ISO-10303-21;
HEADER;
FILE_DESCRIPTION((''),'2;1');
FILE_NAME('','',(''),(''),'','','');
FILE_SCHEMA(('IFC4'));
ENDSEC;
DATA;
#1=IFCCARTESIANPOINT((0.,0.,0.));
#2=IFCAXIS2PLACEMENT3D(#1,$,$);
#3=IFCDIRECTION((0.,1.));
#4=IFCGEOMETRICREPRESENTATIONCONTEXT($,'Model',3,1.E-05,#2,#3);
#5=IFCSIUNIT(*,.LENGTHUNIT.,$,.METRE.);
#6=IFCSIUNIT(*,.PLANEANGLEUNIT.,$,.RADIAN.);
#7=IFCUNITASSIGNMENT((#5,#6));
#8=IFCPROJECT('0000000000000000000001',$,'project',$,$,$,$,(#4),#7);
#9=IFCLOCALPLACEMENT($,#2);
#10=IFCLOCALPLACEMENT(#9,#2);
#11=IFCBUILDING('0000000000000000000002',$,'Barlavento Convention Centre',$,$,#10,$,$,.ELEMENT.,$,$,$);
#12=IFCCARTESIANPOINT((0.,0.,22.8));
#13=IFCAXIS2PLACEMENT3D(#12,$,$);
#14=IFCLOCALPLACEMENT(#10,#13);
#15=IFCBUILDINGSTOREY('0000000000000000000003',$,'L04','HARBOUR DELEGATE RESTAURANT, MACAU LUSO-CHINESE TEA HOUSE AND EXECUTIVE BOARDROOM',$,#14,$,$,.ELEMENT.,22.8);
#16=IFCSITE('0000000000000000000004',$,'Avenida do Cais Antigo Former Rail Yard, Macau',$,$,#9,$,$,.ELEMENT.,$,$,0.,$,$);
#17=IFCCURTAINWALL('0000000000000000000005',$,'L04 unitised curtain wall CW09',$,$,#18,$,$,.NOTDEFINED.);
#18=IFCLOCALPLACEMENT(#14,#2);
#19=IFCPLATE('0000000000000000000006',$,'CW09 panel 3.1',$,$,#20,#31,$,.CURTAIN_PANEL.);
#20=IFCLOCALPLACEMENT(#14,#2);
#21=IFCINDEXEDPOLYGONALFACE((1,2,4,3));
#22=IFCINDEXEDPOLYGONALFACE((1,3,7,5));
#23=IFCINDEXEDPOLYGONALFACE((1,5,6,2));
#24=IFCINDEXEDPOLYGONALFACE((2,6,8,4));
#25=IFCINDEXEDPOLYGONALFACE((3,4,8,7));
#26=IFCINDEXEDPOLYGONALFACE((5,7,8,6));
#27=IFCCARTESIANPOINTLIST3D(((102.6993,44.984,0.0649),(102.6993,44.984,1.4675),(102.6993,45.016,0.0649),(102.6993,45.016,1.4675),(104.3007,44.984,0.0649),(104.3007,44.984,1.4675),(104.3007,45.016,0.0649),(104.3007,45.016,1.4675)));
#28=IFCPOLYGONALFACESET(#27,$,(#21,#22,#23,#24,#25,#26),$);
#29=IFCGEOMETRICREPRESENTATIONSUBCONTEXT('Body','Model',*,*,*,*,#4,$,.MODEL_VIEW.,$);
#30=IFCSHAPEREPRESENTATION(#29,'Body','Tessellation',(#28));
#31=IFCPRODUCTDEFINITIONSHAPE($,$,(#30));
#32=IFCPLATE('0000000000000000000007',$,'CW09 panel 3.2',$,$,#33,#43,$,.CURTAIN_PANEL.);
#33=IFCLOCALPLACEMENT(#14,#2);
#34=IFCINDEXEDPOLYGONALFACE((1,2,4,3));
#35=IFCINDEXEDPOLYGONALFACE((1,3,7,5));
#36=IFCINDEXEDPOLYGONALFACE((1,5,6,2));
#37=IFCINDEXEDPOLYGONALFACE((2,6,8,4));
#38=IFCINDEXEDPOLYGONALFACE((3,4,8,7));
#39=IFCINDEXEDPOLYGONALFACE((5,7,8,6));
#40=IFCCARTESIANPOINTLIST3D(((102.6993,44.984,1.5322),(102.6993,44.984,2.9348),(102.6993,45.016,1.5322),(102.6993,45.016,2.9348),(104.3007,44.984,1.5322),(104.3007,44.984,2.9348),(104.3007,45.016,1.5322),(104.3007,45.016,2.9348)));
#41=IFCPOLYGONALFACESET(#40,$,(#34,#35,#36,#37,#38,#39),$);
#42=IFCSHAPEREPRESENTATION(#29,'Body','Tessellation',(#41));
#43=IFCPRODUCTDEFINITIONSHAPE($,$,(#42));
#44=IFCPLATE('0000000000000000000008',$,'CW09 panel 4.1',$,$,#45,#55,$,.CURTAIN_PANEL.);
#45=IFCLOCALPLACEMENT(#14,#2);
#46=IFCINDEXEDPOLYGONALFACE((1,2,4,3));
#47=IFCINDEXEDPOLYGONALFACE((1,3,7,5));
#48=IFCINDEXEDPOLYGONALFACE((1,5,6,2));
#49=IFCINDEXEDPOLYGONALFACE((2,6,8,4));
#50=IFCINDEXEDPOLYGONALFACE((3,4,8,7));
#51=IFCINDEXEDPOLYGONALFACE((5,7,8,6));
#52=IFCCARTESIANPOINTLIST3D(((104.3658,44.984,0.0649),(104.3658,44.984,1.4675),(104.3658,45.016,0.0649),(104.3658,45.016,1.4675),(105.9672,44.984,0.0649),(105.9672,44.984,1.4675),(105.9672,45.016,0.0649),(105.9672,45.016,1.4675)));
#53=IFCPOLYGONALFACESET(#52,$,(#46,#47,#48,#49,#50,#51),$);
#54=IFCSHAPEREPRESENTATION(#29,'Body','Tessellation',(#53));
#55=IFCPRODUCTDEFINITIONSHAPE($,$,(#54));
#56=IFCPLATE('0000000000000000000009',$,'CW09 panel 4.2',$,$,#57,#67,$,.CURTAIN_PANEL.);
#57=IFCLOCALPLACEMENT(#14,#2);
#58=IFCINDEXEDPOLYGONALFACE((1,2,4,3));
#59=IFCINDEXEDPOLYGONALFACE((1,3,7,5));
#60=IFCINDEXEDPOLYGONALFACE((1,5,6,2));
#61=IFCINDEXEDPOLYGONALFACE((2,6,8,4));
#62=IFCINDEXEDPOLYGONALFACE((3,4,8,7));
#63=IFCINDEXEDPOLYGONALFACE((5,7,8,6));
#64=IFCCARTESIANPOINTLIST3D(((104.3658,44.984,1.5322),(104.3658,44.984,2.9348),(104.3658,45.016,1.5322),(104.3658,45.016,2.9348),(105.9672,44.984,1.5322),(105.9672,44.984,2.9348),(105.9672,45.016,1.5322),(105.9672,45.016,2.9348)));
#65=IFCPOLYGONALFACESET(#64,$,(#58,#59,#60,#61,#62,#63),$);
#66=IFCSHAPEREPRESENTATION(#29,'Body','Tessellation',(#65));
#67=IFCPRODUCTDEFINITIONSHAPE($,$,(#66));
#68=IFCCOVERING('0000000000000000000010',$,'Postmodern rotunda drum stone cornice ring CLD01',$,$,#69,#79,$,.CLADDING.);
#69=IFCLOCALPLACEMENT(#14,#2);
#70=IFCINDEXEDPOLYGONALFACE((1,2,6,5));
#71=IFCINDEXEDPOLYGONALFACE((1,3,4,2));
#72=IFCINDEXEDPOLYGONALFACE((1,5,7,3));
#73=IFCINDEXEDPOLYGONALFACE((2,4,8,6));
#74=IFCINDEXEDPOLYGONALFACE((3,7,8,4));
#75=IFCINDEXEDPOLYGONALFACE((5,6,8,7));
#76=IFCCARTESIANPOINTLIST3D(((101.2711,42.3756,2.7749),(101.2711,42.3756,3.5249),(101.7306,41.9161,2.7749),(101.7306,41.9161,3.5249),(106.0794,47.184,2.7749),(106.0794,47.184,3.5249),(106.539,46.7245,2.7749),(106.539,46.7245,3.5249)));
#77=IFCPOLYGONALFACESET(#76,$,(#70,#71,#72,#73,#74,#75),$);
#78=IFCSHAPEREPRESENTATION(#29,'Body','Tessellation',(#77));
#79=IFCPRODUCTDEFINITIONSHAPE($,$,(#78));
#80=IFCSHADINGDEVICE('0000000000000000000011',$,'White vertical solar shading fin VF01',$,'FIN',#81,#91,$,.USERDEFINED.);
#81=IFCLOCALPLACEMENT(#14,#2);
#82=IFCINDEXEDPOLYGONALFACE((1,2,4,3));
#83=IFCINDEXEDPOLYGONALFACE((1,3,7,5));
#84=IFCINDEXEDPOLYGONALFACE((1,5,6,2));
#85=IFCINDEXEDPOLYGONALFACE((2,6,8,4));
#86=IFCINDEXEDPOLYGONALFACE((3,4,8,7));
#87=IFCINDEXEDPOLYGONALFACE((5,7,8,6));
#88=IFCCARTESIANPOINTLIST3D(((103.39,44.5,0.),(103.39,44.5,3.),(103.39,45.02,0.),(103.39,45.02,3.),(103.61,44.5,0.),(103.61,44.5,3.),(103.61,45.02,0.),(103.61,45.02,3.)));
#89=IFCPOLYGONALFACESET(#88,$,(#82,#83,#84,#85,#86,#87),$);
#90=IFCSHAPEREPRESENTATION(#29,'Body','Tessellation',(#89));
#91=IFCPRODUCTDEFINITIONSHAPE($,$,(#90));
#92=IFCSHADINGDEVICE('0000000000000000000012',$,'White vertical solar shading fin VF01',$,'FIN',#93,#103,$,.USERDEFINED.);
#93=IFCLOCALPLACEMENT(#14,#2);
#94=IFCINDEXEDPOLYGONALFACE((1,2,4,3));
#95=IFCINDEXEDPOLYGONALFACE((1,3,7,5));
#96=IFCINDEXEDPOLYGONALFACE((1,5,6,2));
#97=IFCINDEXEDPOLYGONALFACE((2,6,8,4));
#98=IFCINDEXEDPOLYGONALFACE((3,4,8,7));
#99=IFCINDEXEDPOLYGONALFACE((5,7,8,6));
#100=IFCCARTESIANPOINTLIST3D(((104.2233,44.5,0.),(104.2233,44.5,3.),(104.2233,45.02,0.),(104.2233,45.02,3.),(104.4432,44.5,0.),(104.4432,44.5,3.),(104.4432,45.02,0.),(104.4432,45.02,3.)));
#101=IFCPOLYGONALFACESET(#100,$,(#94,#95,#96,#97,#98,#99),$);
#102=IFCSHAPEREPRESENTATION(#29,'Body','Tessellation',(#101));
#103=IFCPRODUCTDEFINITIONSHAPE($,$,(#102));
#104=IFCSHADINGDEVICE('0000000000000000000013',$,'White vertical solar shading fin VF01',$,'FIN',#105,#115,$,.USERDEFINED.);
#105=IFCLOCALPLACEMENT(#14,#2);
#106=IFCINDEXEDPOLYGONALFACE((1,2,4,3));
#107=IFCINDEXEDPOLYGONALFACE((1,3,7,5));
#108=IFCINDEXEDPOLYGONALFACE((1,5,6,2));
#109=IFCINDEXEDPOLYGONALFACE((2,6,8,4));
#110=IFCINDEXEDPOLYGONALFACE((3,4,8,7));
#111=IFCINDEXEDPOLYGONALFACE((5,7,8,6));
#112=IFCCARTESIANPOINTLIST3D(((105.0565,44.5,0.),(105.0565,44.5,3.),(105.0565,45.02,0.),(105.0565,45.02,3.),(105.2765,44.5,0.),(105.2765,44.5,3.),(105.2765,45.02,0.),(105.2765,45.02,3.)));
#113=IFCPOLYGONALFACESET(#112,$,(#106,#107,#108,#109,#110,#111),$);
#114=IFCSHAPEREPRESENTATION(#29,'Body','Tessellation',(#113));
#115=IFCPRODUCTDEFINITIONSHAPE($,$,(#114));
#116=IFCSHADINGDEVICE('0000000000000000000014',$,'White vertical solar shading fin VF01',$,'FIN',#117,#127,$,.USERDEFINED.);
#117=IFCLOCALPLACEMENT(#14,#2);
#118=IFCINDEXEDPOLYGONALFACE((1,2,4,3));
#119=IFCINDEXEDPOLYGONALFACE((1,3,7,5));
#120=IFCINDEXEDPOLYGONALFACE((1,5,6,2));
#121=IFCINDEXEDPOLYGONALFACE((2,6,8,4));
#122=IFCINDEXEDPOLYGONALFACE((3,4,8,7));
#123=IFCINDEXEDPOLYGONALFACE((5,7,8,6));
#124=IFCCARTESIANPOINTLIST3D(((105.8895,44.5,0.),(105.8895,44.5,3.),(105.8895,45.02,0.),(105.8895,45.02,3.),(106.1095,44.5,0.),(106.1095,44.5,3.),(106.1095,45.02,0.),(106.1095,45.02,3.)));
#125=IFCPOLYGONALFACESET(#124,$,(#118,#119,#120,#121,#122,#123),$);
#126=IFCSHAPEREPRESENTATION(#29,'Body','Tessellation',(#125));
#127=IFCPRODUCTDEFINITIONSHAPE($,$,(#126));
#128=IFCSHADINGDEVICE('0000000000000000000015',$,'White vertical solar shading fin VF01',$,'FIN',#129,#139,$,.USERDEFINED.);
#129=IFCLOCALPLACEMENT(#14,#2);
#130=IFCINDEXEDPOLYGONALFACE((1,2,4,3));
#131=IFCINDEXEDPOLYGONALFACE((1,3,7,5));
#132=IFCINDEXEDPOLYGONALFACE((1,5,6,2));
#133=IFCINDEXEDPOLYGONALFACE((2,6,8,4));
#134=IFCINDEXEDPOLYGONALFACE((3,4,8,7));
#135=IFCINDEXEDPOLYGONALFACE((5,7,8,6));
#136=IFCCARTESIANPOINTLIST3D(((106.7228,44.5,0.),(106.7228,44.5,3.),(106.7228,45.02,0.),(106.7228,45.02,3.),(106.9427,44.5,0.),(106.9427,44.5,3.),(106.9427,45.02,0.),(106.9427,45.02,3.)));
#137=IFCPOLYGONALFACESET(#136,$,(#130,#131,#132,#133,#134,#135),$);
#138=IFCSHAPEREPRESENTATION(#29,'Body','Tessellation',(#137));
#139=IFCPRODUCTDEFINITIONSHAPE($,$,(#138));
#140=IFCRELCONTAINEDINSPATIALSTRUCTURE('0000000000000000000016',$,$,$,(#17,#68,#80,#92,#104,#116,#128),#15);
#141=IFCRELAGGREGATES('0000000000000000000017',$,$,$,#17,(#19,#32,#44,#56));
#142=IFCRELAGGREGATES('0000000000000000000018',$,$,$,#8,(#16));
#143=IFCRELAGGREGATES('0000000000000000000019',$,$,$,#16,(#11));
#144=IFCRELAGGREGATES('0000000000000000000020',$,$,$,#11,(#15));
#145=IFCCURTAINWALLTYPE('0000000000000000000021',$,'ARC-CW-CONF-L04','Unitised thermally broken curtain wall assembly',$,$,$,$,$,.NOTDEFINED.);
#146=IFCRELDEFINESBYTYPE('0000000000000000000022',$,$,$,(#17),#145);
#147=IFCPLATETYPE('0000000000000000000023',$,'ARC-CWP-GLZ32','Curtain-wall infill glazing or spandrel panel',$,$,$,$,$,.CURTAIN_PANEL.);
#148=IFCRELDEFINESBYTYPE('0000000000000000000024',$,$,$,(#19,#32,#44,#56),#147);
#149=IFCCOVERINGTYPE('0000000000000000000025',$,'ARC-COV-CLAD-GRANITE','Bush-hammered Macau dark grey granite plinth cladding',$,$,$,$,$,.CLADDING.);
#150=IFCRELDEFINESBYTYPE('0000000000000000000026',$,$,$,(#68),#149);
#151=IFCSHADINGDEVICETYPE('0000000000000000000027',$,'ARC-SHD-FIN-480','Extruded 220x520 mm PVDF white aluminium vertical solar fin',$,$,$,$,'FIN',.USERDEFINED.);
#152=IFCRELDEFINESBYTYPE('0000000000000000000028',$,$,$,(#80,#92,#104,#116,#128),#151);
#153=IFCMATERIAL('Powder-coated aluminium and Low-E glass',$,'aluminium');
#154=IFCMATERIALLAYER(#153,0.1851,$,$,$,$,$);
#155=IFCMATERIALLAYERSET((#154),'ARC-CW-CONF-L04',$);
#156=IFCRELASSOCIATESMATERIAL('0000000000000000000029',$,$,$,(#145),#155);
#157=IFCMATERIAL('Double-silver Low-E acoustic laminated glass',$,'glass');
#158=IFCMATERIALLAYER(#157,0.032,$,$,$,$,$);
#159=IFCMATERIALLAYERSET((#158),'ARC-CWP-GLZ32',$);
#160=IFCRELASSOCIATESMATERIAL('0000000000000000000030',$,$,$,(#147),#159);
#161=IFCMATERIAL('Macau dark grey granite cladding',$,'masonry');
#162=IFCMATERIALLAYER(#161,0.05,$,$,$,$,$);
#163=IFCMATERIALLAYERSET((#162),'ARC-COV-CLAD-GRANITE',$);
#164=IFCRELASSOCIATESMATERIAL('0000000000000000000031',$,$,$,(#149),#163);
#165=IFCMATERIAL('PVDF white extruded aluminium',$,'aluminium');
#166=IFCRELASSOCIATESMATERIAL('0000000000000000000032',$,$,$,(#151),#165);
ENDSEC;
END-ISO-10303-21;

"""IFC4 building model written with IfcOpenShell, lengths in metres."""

from ifc_helpers import new_model, si_unit, direction, frame, origin, origin_2d, place, context, subcontext, project, spatial, rectangle, extrude, material, layer, layer_set, type_object, element, aggregate, save


model = new_model("IFC4")

# Units and contexts
model_context = context("Model", 3, precision=1e-05, world=origin(), true_north=direction((0.0, 1.0)))
body_context = subcontext(model_context, "Body", "Model", "MODEL_VIEW")
ifc_project = project(units=[si_unit("LENGTHUNIT", "METRE"), si_unit("PLANEANGLEUNIT", "RADIAN")], contexts=[model_context])

# Site, building, storey
site_placement = place(None, origin())
site = spatial("IfcSite", under=ifc_project, at=site_placement, Name="Avenida do Cais Antigo Former Rail Yard, Macau", CompositionType="ELEMENT", RefElevation=0.0)
building_placement = place(site_placement, origin())
building = spatial("IfcBuilding", under=site, at=building_placement, Name="Barlavento Convention Centre", CompositionType="ELEMENT")
storey_placement = place(building_placement, frame((0.0, 0.0, 22.8)))
storey = spatial("IfcBuildingStorey", under=building, at=storey_placement, Name="L04", Description="HARBOUR DELEGATE RESTAURANT, MACAU LUSO-CHINESE TEA HOUSE AND EXECUTIVE BOARDROOM", CompositionType="ELEMENT", Elevation=22.8)

# Curtain wall, plates
ifc_material_1 = material(Name="Powder-coated aluminium and Low-E glass", Category="aluminium")
ifc_layer_1 = layer(ifc_material_1, 0.1851)
ifc_layer_set_1 = layer_set([ifc_layer_1], Name="ARC-CW-CONF-L04")
curtain_wall_type = type_object("IfcCurtainWallType", Name="ARC-CW-CONF-L04", Description="Unitised thermally broken curtain wall assembly", PredefinedType="NOTDEFINED", material=ifc_layer_set_1)
curtain_wall_placement = place(storey_placement, origin())
curtain_wall = element("IfcCurtainWall", 1, at=curtain_wall_placement, inside=storey, type_object=curtain_wall_type, Name="L04 unitised curtain wall CW09", PredefinedType="NOTDEFINED")
ifc_material_2 = material(Name="Double-silver Low-E acoustic laminated glass", Category="glass")
ifc_layer_2 = layer(ifc_material_2, 0.032)
ifc_layer_set_2 = layer_set([ifc_layer_2], Name="ARC-CWP-GLZ32")
plate_type = type_object("IfcPlateType", Name="ARC-CWP-GLZ32", Description="Curtain-wall infill glazing or spandrel panel", PredefinedType="CURTAIN_PANEL", material=ifc_layer_set_2)
plate_1_placement = place(storey_placement, frame((103.5, 45.0, 0.0649), z_axis=(0.0, 0.0, 1.0), x_axis=(1.0, 0.0, 0.0)))
plate_1 = element("IfcPlate", 2, at=plate_1_placement, type_object=plate_type, Name="CW09 panel 3.1", PredefinedType="CURTAIN_PANEL", context=body_context, shape_type="SweptSolid", body=[
    extrude(rectangle(XDim=1.6013, YDim=0.032, at=origin_2d()), origin(), (0.0, 0.0, 1.0), 1.4026),
])
plate_2_placement = place(storey_placement, frame((103.5, 45.0, 1.5322), z_axis=(0.0, 0.0, 1.0), x_axis=(1.0, 0.0, 0.0)))
plate_2 = element("IfcPlate", 3, at=plate_2_placement, type_object=plate_type, Name="CW09 panel 3.2", PredefinedType="CURTAIN_PANEL", context=body_context, shape_type="SweptSolid", body=[
    extrude(rectangle(XDim=1.6013, YDim=0.032, at=origin_2d()), origin(), (0.0, 0.0, 1.0), 1.4026),
])
plate_3_placement = place(storey_placement, frame((105.1665, 45.0, 0.0649), z_axis=(0.0, 0.0, 1.0), x_axis=(1.0, 0.0, 0.0)))
plate_3 = element("IfcPlate", 4, at=plate_3_placement, type_object=plate_type, Name="CW09 panel 4.1", PredefinedType="CURTAIN_PANEL", context=body_context, shape_type="SweptSolid", body=[
    extrude(rectangle(XDim=1.6013, YDim=0.032, at=origin_2d()), origin(), (0.0, 0.0, 1.0), 1.4026),
])
plate_4_placement = place(storey_placement, frame((105.1665, 45.0, 1.5322), z_axis=(0.0, 0.0, 1.0), x_axis=(1.0, 0.0, 0.0)))
plate_4 = element("IfcPlate", 5, at=plate_4_placement, type_object=plate_type, Name="CW09 panel 4.2", PredefinedType="CURTAIN_PANEL", context=body_context, shape_type="SweptSolid", body=[
    extrude(rectangle(XDim=1.6013, YDim=0.032, at=origin_2d()), origin(), (0.0, 0.0, 1.0), 1.4026),
])
aggregate(curtain_wall, [plate_1, plate_2, plate_3, plate_4])

# Covering
ifc_material_3 = material(Name="Macau dark grey granite cladding", Category="masonry")
ifc_layer_3 = layer(ifc_material_3, 0.05)
ifc_layer_set_3 = layer_set([ifc_layer_3], Name="ARC-COV-CLAD-GRANITE")
covering_type = type_object("IfcCoveringType", Name="ARC-COV-CLAD-GRANITE", Description="Bush-hammered Macau dark grey granite plinth cladding", PredefinedType="CLADDING", material=ifc_layer_set_3)
covering_placement = place(storey_placement, frame((103.905, 44.55, 2.7749), z_axis=(0.0, 0.0, 1.0), x_axis=(0.707107, 0.707107, 0.0)))
element("IfcCovering", 6, at=covering_placement, inside=storey, type_object=covering_type, Name="Postmodern rotunda drum stone cornice ring CLD01", PredefinedType="CLADDING", context=body_context, shape_type="SweptSolid", body=[
    extrude(rectangle(XDim=6.8, YDim=0.6499, at=origin_2d()), origin(), (0.0, 0.0, 1.0), 0.75),
])

# Shading devices
ifc_material_4 = material(Name="PVDF white extruded aluminium", Category="aluminium")
shading_device_type = type_object("IfcShadingDeviceType", Name="ARC-SHD-FIN-480", Description="Extruded 220x520 mm PVDF white aluminium vertical solar fin", ElementType="FIN", PredefinedType="USERDEFINED", material=ifc_material_4)
for number, where, z_axis, x_axis, name in (
    (7, (103.5, 44.76, 0.0), (0.0, 0.0, 1.0), (1.0, 0.0, 0.0), "White vertical solar shading fin VF01"),
    (8, (104.3333, 44.76, 0.0), (0.0, 0.0, 1.0), (1.0, 0.0, 0.0), "White vertical solar shading fin VF01"),
    (9, (105.1665, 44.76, 0.0), (0.0, 0.0, 1.0), (1.0, 0.0, 0.0), "White vertical solar shading fin VF01"),
    (10, (105.9995, 44.76, 0.0), (0.0, 0.0, 1.0), (1.0, 0.0, 0.0), "White vertical solar shading fin VF01"),
    (11, (106.8328, 44.76, 0.0), (0.0, 0.0, 1.0), (1.0, 0.0, 0.0), "White vertical solar shading fin VF01"),
):
    element("IfcShadingDevice", number, at=place(storey_placement, frame(where, z_axis=z_axis, x_axis=x_axis)), inside=storey, type_object=shading_device_type, Name=name, ObjectType="FIN", PredefinedType="USERDEFINED", context=body_context, shape_type="SweptSolid", body=[
        extrude(rectangle(XDim=0.22, YDim=0.52, at=origin_2d()), origin(), (0.0, 0.0, 1.0), 3.0),
    ])

save(model, "model.ifc")
